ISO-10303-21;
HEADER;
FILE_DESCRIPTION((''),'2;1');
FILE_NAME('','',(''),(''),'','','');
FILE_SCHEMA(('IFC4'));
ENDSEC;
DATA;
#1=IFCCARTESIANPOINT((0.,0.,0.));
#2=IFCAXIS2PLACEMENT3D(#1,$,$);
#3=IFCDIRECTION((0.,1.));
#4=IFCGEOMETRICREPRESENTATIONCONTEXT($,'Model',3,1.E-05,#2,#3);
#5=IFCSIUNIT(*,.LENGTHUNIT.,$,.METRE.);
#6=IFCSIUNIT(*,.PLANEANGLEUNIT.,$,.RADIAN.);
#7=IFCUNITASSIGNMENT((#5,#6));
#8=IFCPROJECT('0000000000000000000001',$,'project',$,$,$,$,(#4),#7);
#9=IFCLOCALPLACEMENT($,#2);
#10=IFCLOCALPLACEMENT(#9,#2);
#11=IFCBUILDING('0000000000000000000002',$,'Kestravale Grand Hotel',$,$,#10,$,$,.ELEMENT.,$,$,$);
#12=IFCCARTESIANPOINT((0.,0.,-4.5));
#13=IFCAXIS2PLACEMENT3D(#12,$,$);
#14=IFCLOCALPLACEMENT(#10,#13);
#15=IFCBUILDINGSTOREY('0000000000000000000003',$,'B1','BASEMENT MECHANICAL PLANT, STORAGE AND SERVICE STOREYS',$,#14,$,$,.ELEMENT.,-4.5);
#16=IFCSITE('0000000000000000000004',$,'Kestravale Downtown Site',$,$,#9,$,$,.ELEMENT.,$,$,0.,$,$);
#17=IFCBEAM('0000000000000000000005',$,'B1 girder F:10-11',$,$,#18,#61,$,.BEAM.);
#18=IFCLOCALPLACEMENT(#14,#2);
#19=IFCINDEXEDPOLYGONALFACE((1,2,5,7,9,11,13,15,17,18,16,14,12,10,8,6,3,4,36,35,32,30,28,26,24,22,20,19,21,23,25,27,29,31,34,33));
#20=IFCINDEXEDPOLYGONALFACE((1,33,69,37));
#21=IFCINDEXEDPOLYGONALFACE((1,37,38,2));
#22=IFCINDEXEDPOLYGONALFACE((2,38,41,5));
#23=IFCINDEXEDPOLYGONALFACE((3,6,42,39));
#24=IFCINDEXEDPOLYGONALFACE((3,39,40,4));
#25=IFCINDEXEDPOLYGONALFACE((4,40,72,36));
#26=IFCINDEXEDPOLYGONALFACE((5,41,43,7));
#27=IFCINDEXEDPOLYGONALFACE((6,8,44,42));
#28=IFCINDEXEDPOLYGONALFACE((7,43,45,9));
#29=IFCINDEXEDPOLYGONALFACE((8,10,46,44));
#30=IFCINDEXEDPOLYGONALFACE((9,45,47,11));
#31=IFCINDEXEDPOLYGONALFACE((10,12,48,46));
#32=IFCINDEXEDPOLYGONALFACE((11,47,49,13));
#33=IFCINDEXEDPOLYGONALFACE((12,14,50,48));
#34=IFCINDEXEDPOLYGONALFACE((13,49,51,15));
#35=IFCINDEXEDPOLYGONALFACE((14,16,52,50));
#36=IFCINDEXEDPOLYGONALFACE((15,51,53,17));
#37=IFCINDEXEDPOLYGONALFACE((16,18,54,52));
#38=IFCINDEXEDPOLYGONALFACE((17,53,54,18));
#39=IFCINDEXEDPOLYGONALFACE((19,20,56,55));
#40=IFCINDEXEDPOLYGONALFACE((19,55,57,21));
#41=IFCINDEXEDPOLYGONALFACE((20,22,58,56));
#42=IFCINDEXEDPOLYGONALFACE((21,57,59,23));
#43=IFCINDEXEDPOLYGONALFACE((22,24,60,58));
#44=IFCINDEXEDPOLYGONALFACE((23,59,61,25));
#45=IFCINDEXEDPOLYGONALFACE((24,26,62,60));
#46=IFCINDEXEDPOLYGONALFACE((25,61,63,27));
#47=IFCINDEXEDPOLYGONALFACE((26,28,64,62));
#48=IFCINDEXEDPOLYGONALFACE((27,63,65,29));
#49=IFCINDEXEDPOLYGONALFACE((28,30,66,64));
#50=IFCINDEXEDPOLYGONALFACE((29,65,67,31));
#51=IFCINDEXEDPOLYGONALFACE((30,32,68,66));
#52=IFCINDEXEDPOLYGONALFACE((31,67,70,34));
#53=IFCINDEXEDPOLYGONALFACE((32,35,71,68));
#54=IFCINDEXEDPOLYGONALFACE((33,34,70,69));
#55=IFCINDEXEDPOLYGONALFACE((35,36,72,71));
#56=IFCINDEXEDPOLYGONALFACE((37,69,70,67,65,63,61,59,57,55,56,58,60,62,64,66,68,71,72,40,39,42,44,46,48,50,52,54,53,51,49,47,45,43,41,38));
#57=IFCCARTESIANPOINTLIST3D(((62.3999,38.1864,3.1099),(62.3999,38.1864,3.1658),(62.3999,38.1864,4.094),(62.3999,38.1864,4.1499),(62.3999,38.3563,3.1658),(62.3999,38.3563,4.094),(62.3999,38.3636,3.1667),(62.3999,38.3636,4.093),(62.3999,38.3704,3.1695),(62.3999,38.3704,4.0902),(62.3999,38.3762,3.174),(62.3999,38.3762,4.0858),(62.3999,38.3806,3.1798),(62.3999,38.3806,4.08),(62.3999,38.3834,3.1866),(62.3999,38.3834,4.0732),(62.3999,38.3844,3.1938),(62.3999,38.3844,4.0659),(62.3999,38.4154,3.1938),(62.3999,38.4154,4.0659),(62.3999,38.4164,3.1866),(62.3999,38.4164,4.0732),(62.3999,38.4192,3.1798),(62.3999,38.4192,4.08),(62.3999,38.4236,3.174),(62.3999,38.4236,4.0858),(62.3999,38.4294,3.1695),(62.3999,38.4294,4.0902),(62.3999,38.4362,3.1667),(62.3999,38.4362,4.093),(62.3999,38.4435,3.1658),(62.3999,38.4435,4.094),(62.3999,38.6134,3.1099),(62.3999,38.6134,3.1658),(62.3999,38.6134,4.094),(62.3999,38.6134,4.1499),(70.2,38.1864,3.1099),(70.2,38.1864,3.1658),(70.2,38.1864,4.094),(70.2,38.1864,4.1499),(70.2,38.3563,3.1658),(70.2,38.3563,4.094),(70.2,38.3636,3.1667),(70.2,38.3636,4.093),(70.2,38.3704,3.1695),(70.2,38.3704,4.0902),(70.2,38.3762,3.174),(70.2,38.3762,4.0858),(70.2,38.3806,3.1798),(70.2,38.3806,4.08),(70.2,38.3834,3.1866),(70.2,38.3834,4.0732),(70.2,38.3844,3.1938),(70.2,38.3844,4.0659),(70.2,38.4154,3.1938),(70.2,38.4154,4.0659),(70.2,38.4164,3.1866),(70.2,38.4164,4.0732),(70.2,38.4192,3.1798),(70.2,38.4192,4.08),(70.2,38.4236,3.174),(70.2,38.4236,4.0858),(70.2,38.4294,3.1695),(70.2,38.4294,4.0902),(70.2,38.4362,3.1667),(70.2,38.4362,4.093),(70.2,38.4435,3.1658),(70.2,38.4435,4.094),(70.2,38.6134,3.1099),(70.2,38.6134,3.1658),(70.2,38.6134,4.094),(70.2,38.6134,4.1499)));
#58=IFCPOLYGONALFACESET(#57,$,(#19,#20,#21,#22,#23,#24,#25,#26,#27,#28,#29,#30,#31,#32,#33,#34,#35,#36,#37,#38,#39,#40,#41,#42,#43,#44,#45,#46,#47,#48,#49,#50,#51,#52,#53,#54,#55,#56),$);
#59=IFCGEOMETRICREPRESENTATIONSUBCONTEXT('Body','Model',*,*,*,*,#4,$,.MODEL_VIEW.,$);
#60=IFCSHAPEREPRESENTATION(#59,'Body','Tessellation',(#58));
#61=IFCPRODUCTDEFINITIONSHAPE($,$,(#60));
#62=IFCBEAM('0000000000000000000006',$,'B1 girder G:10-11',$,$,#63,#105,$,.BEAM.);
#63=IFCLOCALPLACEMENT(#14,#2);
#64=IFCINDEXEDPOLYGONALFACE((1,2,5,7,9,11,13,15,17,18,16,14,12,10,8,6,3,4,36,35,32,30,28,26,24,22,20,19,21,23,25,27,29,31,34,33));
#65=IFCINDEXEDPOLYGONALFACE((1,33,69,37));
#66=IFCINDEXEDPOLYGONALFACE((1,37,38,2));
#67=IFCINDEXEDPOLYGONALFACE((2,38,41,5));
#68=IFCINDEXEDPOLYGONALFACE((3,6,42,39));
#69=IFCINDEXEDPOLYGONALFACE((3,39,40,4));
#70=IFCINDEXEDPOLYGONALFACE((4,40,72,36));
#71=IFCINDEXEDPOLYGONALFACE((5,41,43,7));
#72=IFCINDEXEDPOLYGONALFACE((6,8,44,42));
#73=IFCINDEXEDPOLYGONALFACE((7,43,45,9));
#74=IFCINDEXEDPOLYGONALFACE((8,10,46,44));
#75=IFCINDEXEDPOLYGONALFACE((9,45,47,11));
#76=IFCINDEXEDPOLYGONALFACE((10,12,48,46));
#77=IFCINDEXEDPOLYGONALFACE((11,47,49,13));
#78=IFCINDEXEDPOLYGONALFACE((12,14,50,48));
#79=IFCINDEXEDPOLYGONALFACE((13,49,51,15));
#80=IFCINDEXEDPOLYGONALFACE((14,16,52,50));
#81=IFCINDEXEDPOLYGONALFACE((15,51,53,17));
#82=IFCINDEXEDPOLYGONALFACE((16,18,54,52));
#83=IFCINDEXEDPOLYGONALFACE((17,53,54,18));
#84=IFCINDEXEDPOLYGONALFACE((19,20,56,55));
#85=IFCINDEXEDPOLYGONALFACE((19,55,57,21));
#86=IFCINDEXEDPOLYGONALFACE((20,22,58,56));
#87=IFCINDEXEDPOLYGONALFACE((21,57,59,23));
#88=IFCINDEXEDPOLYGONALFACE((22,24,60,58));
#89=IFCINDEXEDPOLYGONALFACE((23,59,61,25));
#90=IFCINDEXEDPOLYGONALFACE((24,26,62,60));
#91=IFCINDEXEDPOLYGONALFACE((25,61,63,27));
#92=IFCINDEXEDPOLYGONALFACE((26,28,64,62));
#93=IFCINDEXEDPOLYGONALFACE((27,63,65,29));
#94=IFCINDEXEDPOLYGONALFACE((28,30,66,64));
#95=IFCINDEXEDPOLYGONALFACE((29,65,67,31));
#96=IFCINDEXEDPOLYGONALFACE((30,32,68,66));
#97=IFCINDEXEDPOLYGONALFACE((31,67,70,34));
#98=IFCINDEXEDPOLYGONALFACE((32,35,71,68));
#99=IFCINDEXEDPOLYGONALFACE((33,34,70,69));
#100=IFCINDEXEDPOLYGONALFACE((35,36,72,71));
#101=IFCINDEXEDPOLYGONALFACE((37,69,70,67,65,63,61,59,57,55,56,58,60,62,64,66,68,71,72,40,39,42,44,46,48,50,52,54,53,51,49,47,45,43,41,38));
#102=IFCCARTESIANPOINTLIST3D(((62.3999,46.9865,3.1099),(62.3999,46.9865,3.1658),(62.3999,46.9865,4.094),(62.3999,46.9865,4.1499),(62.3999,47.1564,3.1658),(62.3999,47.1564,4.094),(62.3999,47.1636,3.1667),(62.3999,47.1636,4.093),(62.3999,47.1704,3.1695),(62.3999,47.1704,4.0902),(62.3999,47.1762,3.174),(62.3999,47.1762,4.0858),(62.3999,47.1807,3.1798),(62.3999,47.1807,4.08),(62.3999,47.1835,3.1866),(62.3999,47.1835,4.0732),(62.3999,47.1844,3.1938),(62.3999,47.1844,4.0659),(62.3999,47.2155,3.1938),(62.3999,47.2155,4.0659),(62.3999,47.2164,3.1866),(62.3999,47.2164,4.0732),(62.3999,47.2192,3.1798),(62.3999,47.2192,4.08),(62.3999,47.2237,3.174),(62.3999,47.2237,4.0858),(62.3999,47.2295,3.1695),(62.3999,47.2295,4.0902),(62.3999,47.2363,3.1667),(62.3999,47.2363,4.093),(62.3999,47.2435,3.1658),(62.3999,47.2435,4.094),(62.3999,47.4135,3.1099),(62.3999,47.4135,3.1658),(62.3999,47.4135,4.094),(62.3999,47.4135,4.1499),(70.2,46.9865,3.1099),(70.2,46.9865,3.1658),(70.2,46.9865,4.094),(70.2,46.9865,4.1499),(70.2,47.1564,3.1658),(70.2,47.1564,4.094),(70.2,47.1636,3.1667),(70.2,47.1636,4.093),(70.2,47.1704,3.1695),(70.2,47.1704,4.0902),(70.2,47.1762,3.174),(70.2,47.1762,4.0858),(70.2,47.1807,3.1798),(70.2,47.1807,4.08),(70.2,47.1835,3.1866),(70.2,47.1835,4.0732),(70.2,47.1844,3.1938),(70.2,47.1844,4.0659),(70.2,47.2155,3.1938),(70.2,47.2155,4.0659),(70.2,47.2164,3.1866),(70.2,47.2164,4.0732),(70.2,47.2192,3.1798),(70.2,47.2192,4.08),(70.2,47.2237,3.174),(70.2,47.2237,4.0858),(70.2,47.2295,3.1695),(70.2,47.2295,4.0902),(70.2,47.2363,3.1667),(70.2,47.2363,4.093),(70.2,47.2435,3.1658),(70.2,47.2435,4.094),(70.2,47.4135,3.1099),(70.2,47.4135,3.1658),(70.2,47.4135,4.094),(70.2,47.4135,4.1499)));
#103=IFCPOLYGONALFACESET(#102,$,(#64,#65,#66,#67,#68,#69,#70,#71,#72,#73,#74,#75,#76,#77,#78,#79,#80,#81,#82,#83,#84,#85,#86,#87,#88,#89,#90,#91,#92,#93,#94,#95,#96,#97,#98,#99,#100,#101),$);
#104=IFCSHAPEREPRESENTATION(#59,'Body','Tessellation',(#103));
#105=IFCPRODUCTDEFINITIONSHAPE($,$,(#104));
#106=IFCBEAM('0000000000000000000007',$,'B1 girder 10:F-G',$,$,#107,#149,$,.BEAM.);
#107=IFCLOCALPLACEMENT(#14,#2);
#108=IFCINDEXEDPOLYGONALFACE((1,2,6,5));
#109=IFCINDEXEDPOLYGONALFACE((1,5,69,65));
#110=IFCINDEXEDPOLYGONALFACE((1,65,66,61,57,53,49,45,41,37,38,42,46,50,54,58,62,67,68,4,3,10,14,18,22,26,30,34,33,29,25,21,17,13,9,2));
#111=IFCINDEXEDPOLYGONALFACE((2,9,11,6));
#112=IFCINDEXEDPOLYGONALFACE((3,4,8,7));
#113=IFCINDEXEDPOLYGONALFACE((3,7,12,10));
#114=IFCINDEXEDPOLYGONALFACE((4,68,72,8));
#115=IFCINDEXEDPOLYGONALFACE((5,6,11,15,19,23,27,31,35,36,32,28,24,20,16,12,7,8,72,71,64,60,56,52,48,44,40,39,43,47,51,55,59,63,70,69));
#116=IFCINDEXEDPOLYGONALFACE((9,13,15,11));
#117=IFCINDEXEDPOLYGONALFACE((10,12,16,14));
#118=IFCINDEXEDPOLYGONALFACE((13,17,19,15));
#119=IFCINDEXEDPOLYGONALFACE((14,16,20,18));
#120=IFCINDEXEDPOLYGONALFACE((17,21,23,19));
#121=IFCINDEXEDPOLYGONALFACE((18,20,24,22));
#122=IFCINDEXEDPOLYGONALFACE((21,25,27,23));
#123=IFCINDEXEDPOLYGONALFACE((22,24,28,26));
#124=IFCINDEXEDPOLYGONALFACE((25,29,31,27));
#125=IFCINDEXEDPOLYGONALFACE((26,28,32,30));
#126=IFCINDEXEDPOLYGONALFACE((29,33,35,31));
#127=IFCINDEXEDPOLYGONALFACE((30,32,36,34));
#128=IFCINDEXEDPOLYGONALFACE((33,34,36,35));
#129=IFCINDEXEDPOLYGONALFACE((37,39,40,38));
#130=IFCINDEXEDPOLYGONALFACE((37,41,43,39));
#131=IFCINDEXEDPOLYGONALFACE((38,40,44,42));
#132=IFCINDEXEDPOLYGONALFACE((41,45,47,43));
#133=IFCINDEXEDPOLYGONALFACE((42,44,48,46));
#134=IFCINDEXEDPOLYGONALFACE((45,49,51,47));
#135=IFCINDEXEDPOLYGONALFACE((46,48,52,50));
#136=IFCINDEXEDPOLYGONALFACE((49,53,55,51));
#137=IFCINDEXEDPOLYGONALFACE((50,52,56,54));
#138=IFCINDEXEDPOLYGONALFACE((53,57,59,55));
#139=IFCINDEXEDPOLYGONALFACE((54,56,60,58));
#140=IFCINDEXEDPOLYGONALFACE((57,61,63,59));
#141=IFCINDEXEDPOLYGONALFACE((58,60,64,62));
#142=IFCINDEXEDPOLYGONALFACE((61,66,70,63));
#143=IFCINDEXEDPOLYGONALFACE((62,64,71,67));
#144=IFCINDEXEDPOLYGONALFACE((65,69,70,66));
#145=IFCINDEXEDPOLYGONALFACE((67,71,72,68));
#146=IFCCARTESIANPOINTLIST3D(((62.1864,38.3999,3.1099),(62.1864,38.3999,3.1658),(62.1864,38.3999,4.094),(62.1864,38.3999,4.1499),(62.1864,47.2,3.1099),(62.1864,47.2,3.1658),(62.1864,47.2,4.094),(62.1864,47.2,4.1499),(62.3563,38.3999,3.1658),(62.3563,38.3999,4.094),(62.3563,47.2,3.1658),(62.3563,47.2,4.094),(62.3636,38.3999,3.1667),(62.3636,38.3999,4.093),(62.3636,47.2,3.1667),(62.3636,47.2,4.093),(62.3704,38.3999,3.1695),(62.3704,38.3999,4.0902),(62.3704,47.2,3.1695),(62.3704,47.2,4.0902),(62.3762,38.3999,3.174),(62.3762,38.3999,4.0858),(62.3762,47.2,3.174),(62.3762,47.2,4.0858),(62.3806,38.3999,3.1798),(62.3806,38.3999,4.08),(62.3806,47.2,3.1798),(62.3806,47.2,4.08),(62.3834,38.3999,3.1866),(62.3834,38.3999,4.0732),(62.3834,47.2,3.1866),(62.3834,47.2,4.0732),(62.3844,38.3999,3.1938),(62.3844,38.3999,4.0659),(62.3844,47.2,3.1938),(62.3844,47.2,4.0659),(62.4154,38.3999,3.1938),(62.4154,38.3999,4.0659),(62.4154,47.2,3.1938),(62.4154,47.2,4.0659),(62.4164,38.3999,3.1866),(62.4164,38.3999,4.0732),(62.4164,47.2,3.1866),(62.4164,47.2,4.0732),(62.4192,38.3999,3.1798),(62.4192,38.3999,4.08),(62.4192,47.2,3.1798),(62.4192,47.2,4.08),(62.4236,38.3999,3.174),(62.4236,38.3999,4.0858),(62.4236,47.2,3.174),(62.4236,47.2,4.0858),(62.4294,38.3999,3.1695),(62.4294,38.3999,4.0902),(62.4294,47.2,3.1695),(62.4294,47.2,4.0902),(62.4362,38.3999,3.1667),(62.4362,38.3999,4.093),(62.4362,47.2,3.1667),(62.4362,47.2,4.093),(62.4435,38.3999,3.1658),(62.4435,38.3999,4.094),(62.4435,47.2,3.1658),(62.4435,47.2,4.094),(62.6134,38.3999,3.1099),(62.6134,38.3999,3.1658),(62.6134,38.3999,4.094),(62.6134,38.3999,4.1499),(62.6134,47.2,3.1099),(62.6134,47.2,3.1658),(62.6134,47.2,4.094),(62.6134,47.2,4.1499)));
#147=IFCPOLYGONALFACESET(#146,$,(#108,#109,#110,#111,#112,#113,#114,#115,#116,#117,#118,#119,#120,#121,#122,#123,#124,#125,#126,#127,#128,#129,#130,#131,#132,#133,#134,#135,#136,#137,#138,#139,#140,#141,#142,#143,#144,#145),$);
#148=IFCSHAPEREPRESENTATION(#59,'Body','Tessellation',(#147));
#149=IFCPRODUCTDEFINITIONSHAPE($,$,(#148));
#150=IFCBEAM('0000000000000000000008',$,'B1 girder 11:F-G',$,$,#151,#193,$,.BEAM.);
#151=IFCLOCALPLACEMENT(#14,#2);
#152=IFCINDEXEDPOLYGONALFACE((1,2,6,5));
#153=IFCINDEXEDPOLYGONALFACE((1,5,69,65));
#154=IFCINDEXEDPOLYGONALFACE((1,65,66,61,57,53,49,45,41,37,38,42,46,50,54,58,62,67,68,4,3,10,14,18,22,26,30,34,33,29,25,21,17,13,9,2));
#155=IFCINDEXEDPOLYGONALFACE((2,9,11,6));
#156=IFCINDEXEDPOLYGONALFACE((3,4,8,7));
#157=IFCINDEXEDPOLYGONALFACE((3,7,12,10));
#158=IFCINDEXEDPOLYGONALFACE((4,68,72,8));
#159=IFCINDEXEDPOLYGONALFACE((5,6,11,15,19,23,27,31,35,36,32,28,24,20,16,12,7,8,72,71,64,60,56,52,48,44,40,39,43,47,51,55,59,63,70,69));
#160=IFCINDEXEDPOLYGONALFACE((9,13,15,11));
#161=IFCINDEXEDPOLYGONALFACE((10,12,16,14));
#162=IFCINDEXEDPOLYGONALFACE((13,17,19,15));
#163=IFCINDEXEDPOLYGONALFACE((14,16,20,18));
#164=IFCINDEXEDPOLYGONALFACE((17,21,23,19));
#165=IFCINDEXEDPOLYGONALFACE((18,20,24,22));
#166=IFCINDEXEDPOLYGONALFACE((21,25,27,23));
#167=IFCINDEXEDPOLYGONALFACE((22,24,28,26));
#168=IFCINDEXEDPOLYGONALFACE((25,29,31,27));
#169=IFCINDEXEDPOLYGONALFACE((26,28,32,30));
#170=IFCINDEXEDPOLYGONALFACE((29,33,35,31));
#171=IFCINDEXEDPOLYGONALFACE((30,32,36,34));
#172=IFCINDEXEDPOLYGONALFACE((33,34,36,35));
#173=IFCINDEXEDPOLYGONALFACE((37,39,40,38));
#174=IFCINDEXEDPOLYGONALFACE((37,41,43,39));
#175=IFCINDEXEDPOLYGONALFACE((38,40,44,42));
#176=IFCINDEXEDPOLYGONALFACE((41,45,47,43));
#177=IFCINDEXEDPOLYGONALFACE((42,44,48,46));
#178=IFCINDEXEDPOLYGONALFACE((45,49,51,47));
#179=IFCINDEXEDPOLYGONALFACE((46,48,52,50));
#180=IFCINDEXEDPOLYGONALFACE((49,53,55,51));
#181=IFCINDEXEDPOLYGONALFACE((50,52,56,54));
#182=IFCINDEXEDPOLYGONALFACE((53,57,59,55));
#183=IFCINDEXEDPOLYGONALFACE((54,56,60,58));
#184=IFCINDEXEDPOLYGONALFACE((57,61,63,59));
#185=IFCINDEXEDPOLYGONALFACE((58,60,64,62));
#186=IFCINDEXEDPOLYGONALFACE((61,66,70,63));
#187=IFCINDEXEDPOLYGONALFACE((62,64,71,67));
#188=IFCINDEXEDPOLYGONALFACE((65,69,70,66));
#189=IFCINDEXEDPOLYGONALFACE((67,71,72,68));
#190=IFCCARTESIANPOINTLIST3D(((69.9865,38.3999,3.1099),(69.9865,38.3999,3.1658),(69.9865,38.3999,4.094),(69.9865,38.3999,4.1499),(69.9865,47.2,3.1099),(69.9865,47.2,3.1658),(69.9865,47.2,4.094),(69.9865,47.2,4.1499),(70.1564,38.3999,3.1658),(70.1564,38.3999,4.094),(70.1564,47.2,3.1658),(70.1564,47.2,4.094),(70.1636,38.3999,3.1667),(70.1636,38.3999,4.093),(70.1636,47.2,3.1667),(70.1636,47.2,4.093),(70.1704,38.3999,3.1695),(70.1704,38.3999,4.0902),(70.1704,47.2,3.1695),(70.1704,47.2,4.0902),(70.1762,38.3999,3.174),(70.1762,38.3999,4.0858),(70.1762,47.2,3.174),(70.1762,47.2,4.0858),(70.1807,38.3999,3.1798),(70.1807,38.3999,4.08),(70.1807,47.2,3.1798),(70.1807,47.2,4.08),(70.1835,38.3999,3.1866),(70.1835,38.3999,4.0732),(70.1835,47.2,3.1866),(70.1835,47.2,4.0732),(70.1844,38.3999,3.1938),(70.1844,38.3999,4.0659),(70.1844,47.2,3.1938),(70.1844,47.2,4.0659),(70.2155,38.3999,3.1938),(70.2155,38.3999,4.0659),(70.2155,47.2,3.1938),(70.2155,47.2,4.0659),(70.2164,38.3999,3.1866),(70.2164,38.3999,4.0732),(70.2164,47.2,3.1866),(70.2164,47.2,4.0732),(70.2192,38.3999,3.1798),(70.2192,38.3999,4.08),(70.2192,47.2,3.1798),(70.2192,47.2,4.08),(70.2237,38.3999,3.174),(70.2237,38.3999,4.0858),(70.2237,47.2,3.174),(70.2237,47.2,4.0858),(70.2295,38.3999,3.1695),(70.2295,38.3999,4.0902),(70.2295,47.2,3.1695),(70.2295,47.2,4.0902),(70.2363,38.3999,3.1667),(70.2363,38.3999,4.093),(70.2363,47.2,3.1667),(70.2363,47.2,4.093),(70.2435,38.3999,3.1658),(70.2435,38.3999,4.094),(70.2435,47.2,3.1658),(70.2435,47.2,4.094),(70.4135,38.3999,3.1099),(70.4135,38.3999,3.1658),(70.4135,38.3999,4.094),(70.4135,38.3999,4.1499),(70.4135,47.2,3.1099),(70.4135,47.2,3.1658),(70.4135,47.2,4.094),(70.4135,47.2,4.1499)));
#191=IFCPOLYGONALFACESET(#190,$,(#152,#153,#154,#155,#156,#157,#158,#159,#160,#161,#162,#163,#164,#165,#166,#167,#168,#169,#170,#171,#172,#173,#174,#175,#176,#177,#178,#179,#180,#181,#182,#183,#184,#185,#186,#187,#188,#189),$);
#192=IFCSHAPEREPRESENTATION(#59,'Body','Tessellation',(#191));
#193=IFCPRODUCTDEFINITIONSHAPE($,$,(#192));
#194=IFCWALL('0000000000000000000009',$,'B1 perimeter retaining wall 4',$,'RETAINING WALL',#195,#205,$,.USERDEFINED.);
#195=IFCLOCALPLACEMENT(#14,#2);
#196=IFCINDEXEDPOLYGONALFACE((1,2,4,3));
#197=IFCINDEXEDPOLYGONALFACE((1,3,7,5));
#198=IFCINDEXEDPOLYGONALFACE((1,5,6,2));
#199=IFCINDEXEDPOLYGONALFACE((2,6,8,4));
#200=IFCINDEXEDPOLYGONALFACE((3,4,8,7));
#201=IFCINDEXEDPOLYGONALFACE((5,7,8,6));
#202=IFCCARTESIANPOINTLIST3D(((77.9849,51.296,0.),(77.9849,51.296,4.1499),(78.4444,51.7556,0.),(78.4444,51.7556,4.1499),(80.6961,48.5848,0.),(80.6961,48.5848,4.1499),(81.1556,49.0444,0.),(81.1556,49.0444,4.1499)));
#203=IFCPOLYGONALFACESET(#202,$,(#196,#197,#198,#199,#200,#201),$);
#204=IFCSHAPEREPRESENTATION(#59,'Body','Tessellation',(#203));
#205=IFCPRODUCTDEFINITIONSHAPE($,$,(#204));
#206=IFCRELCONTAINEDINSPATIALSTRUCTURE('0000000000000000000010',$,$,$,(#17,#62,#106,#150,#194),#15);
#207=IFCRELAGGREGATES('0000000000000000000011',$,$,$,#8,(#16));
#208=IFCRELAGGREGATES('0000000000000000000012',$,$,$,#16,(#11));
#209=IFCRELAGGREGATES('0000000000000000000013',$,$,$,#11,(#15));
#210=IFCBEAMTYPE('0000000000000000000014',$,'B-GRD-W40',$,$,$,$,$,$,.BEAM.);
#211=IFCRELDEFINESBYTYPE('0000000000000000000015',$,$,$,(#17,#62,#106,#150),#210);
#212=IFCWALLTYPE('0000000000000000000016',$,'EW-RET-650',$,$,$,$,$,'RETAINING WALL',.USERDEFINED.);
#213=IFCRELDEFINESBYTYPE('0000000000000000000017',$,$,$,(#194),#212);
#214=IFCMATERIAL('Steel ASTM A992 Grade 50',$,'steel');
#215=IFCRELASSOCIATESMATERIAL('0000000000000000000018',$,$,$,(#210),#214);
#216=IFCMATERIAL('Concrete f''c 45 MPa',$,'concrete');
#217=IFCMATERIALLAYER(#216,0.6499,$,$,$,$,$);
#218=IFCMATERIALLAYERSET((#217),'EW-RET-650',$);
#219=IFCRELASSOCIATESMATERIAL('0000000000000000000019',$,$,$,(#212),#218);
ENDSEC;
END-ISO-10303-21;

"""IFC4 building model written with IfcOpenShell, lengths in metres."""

from ifc_helpers import new_model, si_unit, direction, frame, frame_2d, origin, origin_2d, place, context, subcontext, project, spatial, rectangle, i_section, extrude, material, layer, layer_set, material_profile, profile_set, type_object, element, save


model = new_model("IFC4")

# Units and contexts
model_context = context("Model", 3, precision=1e-05, world=origin(), true_north=direction((0.0, 1.0)))
body_context = subcontext(model_context, "Body", "Model", "MODEL_VIEW")
ifc_project = project(units=[si_unit("LENGTHUNIT", "METRE"), si_unit("PLANEANGLEUNIT", "RADIAN")], contexts=[model_context])

# Site, building, storey
site_placement = place(None, origin())
site = spatial("IfcSite", under=ifc_project, at=site_placement, Name="Kestravale Downtown Site", CompositionType="ELEMENT", RefElevation=0.0)
building_placement = place(site_placement, origin())
building = spatial("IfcBuilding", under=site, at=building_placement, Name="Kestravale Grand Hotel", CompositionType="ELEMENT")
storey_placement = place(building_placement, frame((0.0, 0.0, -4.5)))
storey = spatial("IfcBuildingStorey", under=building, at=storey_placement, Name="B1", Description="BASEMENT MECHANICAL PLANT, STORAGE AND SERVICE STOREYS", CompositionType="ELEMENT", Elevation=-4.5)

# Beams
ifc_material_1 = material(Name="Steel ASTM A992 Grade 50", Category="steel")
ifc_material_profile_1 = material_profile(ifc_material_1, i_section(OverallWidth=0.427, OverallDepth=1.04, WebThickness=0.031, FlangeThickness=0.0559, FilletRadius=0.0281, at=origin_2d()))
ifc_profile_set_1 = profile_set([ifc_material_profile_1], Name="Steel ASTM A992 Grade 50")
beam_type_1 = type_object("IfcBeamType", Name="B-GRD-W40", PredefinedType="BEAM", material=ifc_profile_set_1)
for number, where, z_axis, x_axis, name in (
    (1, (62.3999, 38.3999, 3.6299), (1.0, 0.0, 0.0), (0.0, 1.0, 0.0), "B1 girder F:10-11"),
    (2, (62.3999, 47.2, 3.6299), (1.0, 0.0, 0.0), (0.0, 1.0, 0.0), "B1 girder G:10-11"),
):
    element("IfcBeam", number, at=place(storey_placement, frame(where, z_axis=z_axis, x_axis=x_axis)), inside=storey, type_object=beam_type_1, Name=name, PredefinedType="BEAM", context=body_context, shape_type="SweptSolid", body=[
        extrude(i_section(OverallWidth=0.427, OverallDepth=1.04, WebThickness=0.031, FlangeThickness=0.0559, FilletRadius=0.0281, at=origin_2d()), origin(), (0.0, 0.0, 1.0), 7.8),
    ])
for number, where, z_axis, x_axis, name in (
    (3, (62.3999, 38.3999, 3.6299), (0.0, 1.0, 0.0), (-1.0, 0.0, 0.0), "B1 girder 10:F-G"),
    (4, (70.2, 38.3999, 3.6299), (0.0, 1.0, 0.0), (-1.0, 0.0, 0.0), "B1 girder 11:F-G"),
):
    element("IfcBeam", number, at=place(storey_placement, frame(where, z_axis=z_axis, x_axis=x_axis)), inside=storey, type_object=beam_type_1, Name=name, PredefinedType="BEAM", context=body_context, shape_type="SweptSolid", body=[
        extrude(i_section(OverallWidth=0.427, OverallDepth=1.04, WebThickness=0.031, FlangeThickness=0.0559, FilletRadius=0.0281, at=origin_2d()), origin(), (0.0, 0.0, 1.0), 8.8),
    ])

# Wall
ifc_material_2 = material(Name="Concrete f'c 45 MPa", Category="concrete")
ifc_layer = layer(ifc_material_2, 0.6499)
ifc_layer_set = layer_set([ifc_layer], Name="EW-RET-650")
wall_type = type_object("IfcWallType", Name="EW-RET-650", ElementType="RETAINING WALL", PredefinedType="USERDEFINED", material=ifc_layer_set)
wall_1_placement = place(storey_placement, frame((80.9258, 48.8147, 0.0), z_axis=(0.0, 0.0, 1.0), x_axis=(-0.707107, 0.707107, 0.0)))
element("IfcWall", 5, at=wall_1_placement, inside=storey, type_object=wall_type, Name="B1 perimeter retaining wall 4", ObjectType="RETAINING WALL", PredefinedType="USERDEFINED", context=body_context, shape_type="SweptSolid", body=[
    extrude(rectangle(XDim=3.8342, YDim=0.6499, at=frame_2d((1.917, 0.0))), origin(), (0.0, 0.0, 1.0), 4.1499),
])

save(model, "model.ifc")
